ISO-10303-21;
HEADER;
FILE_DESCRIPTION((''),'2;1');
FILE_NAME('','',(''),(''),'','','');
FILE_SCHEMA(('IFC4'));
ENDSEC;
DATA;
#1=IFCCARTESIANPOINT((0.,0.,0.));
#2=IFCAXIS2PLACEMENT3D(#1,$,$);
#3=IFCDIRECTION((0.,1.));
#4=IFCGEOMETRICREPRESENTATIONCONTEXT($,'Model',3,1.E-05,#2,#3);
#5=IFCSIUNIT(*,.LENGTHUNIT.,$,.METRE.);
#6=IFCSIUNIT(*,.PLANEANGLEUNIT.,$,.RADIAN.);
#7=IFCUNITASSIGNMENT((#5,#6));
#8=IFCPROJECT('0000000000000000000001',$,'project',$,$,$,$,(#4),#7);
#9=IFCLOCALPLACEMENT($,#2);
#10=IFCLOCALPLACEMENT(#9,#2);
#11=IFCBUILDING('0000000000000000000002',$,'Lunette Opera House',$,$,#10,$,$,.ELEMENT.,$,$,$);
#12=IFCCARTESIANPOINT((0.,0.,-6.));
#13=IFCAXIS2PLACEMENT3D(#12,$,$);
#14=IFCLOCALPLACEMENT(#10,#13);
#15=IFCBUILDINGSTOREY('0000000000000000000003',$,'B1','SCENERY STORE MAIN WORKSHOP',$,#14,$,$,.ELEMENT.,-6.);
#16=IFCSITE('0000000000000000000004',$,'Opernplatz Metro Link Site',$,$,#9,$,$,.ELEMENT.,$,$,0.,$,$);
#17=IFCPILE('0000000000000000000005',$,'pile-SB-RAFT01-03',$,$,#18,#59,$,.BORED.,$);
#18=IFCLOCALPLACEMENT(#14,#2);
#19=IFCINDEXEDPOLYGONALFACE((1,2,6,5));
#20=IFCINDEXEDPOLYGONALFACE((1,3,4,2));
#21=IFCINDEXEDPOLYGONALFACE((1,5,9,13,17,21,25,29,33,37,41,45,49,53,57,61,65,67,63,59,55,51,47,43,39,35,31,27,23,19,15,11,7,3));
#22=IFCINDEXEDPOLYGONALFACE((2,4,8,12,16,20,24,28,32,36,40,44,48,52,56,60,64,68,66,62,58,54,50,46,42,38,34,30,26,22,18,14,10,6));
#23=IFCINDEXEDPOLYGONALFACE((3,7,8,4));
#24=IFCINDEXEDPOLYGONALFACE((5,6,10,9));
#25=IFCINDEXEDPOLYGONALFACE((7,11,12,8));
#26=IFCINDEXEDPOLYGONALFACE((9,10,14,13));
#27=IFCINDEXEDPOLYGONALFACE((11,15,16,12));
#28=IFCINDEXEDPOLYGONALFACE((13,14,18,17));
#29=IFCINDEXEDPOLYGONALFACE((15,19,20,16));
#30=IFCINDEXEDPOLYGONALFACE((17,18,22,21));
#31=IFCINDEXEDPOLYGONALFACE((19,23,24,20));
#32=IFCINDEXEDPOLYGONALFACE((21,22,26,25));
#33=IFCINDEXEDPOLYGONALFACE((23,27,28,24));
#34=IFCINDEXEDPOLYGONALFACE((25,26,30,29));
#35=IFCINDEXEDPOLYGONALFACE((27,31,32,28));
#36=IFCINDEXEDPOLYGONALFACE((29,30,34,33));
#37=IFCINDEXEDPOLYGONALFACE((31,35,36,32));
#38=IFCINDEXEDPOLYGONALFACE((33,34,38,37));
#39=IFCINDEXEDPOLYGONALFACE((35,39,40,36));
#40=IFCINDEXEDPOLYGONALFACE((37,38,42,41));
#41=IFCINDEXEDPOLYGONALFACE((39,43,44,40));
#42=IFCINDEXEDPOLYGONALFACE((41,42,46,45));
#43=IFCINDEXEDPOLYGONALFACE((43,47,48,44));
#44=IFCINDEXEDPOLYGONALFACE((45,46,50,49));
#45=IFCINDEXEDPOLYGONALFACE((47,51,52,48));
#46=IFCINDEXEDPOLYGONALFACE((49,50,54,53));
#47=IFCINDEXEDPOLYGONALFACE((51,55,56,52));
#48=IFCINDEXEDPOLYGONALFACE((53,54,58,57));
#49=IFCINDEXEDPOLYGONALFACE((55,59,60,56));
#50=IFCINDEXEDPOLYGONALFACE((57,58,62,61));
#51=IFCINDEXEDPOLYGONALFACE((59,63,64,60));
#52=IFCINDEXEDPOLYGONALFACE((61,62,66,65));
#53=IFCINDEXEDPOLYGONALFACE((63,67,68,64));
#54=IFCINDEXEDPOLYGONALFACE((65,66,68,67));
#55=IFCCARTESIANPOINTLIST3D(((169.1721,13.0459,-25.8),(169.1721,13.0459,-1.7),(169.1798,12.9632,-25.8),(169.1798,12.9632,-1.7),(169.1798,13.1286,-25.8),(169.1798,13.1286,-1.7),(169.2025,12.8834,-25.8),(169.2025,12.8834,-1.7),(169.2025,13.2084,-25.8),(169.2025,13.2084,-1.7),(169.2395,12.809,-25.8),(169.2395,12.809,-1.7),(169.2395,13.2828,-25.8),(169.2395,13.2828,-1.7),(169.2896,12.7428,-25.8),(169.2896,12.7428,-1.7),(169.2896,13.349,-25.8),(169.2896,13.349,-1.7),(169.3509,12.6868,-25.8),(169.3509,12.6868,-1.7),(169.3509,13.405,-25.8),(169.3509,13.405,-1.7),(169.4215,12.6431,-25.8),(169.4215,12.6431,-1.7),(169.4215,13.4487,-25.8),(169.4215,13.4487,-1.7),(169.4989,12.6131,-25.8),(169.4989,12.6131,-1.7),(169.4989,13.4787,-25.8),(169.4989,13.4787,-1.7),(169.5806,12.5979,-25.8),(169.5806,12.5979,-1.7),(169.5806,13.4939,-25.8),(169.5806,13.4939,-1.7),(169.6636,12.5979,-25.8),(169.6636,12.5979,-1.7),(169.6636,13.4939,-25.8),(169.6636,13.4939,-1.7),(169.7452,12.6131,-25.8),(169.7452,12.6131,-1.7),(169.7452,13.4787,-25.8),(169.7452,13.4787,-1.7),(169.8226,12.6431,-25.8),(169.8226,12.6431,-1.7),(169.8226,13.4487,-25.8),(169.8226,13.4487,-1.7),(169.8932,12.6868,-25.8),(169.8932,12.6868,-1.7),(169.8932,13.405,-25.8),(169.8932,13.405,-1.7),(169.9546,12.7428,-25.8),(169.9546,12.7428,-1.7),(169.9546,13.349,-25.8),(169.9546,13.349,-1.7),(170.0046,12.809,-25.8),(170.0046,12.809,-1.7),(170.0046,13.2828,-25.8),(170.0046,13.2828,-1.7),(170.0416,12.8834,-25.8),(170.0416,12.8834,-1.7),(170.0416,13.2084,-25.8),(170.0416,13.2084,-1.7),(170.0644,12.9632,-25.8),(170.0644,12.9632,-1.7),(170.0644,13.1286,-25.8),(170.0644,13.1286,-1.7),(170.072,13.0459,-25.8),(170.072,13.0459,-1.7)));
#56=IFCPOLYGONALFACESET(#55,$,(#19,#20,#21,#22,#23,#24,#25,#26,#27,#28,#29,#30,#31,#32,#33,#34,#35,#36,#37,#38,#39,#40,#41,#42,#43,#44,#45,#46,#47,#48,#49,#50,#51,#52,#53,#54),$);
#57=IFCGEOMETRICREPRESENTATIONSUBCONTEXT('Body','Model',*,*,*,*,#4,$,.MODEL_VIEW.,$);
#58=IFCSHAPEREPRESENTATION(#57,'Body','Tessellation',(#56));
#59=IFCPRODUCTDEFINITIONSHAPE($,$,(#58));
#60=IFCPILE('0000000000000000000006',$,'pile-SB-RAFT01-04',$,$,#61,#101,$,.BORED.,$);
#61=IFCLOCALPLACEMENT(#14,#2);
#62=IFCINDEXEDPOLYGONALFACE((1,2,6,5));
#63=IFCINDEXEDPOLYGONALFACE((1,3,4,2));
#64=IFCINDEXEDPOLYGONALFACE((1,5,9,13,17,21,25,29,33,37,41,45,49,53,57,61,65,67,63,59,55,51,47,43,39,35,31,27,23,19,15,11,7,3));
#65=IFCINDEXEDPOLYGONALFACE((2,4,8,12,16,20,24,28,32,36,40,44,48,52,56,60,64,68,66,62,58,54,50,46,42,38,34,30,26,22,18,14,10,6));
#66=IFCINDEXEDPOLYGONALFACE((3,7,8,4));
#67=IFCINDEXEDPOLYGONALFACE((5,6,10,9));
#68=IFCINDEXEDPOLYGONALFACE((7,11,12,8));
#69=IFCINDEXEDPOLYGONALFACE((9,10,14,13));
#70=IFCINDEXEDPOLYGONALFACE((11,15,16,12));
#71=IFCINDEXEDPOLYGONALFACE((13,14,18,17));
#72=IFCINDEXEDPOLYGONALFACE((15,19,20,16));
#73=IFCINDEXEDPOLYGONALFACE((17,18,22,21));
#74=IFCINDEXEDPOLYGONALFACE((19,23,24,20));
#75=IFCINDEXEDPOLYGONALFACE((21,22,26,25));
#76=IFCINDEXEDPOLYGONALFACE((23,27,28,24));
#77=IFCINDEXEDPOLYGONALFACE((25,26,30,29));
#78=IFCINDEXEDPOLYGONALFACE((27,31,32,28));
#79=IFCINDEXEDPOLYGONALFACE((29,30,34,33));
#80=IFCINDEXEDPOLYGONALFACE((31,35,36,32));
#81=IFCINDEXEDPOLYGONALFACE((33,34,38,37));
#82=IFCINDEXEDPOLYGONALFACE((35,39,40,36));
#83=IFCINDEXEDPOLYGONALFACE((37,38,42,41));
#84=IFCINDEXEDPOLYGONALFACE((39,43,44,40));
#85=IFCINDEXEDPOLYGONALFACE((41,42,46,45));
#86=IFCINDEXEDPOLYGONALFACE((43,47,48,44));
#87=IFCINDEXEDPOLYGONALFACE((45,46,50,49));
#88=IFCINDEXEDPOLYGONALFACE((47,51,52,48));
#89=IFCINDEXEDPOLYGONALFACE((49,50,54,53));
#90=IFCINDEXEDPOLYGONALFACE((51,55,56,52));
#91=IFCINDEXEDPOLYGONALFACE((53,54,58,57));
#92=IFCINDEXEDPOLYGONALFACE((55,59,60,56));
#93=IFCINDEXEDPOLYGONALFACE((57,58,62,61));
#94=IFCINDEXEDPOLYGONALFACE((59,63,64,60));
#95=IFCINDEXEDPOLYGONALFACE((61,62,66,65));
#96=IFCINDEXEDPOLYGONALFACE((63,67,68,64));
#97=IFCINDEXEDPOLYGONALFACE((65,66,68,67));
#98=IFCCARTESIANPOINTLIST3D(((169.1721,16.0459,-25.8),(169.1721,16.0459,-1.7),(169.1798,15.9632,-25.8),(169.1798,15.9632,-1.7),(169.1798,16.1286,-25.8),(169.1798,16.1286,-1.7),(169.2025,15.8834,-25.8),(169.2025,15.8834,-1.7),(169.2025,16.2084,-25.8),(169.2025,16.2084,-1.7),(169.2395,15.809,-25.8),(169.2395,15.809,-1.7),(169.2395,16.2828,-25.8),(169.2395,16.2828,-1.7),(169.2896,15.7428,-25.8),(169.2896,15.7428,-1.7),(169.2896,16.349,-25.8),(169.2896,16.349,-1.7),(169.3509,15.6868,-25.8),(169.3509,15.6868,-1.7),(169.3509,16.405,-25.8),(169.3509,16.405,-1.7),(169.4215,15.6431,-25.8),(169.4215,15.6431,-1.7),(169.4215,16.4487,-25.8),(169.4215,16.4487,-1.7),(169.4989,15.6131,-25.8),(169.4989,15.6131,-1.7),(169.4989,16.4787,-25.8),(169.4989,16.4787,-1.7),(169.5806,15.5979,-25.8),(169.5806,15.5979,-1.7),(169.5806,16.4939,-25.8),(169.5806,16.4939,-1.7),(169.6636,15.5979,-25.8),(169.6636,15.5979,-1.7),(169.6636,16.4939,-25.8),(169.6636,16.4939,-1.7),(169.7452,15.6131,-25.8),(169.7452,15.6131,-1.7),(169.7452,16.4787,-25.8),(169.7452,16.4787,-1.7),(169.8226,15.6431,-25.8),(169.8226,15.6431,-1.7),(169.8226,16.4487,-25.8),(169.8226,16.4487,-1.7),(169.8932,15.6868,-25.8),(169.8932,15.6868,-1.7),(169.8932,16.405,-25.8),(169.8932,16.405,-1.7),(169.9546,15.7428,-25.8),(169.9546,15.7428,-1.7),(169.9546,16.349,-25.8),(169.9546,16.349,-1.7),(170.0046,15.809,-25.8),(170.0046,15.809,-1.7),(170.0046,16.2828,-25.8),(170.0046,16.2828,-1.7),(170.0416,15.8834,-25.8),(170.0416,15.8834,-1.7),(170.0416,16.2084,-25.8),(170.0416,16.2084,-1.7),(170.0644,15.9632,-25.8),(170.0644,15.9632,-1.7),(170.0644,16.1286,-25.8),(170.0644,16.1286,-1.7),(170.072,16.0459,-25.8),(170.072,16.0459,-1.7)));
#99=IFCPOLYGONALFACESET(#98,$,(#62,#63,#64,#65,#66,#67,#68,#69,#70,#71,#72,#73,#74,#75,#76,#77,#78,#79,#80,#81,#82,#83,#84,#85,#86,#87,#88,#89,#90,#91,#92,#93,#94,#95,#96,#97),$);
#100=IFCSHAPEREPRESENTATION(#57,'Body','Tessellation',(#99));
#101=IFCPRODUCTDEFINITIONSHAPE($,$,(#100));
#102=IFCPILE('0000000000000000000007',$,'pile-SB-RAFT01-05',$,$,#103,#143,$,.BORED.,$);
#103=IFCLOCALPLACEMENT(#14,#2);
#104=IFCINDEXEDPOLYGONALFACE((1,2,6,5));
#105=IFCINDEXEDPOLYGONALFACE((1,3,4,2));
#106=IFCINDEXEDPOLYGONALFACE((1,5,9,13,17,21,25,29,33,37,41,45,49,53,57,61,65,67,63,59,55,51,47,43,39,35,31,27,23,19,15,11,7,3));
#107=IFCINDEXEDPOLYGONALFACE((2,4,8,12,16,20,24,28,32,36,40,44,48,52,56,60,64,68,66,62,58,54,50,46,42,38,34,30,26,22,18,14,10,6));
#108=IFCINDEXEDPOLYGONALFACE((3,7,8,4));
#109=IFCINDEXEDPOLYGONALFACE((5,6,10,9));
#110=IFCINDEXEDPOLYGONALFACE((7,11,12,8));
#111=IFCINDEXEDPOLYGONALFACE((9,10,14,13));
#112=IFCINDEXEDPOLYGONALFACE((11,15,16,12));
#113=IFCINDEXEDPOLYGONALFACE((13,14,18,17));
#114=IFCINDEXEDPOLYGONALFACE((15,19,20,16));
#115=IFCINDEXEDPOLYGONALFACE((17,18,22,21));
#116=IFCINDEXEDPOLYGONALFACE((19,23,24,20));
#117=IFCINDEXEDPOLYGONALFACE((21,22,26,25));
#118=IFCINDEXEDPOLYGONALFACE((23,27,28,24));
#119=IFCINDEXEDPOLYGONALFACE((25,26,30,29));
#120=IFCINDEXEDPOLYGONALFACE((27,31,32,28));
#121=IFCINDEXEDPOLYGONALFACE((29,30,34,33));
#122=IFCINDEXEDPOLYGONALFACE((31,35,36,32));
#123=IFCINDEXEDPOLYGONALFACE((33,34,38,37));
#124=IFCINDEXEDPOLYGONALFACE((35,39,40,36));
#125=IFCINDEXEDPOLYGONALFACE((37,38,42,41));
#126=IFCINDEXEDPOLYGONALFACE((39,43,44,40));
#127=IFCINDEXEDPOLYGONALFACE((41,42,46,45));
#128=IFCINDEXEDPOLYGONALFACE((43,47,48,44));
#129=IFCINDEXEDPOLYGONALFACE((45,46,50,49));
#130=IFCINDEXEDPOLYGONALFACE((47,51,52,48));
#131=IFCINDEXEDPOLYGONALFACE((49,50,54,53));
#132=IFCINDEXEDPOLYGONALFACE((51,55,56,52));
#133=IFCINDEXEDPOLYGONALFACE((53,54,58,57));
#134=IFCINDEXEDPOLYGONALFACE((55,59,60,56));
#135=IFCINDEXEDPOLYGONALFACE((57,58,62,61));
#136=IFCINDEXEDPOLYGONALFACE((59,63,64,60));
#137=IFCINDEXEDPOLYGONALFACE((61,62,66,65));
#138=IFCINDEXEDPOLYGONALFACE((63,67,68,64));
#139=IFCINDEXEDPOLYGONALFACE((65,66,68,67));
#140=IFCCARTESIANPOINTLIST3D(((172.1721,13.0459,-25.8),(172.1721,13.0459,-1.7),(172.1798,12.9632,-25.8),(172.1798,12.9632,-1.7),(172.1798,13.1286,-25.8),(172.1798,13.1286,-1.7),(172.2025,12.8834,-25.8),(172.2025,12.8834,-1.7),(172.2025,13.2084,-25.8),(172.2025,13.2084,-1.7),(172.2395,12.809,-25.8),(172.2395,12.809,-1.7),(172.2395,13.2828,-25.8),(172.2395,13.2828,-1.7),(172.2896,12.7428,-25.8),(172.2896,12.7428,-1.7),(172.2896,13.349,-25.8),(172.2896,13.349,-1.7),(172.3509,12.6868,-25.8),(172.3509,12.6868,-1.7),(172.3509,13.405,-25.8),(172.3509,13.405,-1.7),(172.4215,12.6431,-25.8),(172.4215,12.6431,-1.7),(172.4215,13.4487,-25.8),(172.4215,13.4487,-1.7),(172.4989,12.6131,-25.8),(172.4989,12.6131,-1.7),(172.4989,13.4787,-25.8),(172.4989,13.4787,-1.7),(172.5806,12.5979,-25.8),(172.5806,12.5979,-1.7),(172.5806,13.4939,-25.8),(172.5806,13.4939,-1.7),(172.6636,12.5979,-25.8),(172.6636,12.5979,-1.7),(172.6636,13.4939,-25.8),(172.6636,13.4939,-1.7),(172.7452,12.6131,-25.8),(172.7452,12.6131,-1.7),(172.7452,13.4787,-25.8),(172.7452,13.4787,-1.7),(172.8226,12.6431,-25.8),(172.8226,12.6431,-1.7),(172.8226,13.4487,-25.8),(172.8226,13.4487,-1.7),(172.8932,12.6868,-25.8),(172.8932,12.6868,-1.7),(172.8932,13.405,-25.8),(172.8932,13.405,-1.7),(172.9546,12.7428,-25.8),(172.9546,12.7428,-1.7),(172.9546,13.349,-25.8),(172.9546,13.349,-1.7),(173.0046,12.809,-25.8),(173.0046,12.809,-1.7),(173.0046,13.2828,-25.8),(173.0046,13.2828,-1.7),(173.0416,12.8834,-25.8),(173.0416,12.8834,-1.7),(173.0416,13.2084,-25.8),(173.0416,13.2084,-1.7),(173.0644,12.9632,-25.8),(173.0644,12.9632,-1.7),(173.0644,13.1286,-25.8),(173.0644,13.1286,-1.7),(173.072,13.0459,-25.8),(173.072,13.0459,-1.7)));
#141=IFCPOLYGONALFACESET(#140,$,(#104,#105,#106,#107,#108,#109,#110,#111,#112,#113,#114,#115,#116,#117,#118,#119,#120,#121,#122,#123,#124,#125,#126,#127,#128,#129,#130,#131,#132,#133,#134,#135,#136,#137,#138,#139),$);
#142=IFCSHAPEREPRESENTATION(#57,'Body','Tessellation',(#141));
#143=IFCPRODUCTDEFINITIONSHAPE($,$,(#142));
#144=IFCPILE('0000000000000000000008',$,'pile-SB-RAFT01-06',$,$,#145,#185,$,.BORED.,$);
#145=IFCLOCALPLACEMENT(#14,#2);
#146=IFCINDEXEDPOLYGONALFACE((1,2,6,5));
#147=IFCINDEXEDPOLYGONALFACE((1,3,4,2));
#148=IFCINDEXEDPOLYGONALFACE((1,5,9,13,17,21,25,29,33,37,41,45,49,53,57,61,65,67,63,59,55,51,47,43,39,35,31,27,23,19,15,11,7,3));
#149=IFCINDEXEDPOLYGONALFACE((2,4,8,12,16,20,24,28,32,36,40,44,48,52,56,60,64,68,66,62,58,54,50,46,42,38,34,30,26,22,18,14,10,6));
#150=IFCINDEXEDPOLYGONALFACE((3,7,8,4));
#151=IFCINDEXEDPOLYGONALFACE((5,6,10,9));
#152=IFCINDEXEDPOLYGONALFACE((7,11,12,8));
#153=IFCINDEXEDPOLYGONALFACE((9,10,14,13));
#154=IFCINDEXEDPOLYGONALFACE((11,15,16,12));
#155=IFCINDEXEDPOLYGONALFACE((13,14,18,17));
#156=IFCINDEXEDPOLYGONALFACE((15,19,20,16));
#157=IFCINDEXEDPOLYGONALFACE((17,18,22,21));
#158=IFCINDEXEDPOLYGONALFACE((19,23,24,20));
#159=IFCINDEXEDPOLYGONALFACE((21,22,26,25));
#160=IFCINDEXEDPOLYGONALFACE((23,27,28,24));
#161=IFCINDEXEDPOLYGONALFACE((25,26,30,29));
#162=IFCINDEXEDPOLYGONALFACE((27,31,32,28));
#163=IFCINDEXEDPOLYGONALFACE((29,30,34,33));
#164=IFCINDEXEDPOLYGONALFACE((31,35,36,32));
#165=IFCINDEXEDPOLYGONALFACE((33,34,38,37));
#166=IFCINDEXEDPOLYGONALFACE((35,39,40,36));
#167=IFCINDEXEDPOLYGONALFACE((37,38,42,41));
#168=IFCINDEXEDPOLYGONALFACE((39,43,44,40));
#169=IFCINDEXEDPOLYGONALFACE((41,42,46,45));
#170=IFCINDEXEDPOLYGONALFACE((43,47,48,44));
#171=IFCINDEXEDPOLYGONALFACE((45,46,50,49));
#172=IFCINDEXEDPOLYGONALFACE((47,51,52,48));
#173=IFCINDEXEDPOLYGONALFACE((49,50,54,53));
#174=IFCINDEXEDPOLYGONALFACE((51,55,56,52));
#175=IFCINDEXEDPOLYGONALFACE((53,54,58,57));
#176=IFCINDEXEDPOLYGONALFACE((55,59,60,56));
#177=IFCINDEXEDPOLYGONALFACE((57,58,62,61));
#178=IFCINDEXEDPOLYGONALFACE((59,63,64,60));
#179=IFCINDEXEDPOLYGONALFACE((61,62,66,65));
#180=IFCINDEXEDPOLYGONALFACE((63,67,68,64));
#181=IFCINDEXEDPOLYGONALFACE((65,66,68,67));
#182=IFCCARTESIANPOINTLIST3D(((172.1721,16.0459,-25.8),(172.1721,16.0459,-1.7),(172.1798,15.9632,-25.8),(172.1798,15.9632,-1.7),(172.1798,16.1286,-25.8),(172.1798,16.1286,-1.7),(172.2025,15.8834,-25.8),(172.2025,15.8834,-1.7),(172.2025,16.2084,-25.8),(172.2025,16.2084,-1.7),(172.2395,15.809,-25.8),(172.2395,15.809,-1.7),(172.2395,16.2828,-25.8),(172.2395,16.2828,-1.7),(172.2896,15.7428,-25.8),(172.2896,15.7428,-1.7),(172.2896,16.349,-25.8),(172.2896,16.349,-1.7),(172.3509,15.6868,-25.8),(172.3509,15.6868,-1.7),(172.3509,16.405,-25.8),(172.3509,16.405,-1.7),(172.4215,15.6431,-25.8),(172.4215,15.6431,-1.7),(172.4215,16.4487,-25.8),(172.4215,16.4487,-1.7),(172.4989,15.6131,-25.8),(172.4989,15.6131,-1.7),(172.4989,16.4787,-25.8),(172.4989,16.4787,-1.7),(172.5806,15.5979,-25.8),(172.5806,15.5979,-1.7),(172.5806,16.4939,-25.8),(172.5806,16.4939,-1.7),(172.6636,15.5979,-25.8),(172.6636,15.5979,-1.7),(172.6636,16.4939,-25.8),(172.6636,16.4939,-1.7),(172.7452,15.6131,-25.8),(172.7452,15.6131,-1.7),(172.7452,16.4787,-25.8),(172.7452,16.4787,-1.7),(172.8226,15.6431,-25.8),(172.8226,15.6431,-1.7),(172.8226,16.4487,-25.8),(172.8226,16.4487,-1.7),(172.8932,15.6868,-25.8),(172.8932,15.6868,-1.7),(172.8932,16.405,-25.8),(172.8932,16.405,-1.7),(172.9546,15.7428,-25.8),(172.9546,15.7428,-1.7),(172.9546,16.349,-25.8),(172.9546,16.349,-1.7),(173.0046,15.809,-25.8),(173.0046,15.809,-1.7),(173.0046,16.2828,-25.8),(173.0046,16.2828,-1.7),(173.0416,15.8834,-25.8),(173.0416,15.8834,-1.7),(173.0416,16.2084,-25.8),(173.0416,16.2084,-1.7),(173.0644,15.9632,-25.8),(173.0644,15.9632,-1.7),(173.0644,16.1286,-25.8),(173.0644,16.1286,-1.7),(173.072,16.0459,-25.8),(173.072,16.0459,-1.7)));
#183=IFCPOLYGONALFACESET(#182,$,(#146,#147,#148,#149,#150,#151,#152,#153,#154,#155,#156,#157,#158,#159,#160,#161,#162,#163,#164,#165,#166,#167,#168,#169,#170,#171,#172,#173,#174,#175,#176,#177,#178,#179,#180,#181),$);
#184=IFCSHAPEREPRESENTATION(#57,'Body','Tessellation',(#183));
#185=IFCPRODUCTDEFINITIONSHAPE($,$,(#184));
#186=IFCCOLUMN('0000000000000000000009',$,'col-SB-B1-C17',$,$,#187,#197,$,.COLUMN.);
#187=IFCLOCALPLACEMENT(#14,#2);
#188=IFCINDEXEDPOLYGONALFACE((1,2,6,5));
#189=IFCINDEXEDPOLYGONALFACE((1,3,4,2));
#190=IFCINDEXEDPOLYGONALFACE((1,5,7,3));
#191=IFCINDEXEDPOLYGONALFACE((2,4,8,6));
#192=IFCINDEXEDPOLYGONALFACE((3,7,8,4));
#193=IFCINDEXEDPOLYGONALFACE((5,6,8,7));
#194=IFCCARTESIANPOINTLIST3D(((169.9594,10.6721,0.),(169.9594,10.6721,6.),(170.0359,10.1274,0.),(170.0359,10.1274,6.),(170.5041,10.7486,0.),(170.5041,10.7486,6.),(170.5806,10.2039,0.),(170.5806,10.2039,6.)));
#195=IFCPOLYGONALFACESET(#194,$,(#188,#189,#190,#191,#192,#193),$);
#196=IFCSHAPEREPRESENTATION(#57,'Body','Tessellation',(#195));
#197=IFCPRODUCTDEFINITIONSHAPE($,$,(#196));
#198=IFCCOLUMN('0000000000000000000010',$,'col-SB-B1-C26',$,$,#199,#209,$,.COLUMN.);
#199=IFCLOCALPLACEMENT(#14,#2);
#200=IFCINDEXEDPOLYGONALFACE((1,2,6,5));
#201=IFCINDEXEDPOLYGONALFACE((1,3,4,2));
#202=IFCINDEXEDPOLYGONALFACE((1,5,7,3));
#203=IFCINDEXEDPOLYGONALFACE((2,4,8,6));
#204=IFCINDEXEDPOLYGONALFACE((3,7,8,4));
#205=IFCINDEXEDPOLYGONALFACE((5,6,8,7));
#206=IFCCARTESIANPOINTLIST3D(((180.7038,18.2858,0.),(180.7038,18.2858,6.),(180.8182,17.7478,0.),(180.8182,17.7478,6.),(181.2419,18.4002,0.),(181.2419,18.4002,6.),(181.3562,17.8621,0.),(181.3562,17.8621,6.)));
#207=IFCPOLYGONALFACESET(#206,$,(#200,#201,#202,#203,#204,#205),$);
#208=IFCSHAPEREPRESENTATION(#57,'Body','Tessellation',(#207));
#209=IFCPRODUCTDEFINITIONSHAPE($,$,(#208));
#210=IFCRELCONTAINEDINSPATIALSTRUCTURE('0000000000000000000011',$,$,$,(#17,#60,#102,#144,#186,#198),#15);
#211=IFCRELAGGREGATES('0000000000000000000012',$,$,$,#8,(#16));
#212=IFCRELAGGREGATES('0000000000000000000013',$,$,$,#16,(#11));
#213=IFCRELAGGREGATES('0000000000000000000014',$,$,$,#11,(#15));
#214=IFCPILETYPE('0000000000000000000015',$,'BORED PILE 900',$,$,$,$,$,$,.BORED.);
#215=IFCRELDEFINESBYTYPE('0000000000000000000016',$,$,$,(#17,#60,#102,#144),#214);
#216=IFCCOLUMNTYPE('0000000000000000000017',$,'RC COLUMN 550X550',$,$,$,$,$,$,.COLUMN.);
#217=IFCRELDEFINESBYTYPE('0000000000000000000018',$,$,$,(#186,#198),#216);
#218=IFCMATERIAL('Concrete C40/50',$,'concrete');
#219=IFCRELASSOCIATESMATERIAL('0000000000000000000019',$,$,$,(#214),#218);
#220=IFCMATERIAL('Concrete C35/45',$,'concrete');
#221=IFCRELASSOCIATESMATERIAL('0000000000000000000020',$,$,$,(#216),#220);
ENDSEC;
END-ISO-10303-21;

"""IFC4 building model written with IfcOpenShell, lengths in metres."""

from ifc_helpers import new_model, si_unit, direction, frame, origin, origin_2d, place, context, subcontext, project, spatial, rectangle, circle, extrude, material, material_profile, profile_set, type_object, element, save


model = new_model("IFC4")

# Units and contexts
model_context = context("Model", 3, precision=1e-05, world=origin(), true_north=direction((0.0, 1.0)))
body_context = subcontext(model_context, "Body", "Model", "MODEL_VIEW")
ifc_project = project(units=[si_unit("LENGTHUNIT", "METRE"), si_unit("PLANEANGLEUNIT", "RADIAN")], contexts=[model_context])

# Site, building, storey
site_placement = place(None, origin())
site = spatial("IfcSite", under=ifc_project, at=site_placement, Name="Opernplatz Metro Link Site", CompositionType="ELEMENT", RefElevation=0.0)
building_placement = place(site_placement, origin())
building = spatial("IfcBuilding", under=site, at=building_placement, Name="Lunette Opera House", CompositionType="ELEMENT")
storey_placement = place(building_placement, frame((0.0, 0.0, -6.0)))
storey = spatial("IfcBuildingStorey", under=building, at=storey_placement, Name="B1", Description="SCENERY STORE MAIN WORKSHOP", CompositionType="ELEMENT", Elevation=-6.0)

# Piles
ifc_material_1 = material(Name="Concrete C40/50", Category="concrete")
ifc_material_profile_1 = material_profile(ifc_material_1, circle(Radius=0.45, at=origin_2d()), Name="BORED PILE 900")
ifc_profile_set_1 = profile_set([ifc_material_profile_1], Name="Concrete C40/50")
pile_type = type_object("IfcPileType", Name="BORED PILE 900", PredefinedType="BORED", material=ifc_profile_set_1)
for number, where, z_axis, x_axis, name in (
    (1, (169.6221, 13.0459, -1.7), (0.0, 0.0, -1.0), (1.0, 0.0, 0.0), "pile-SB-RAFT01-03"),
    (2, (169.6221, 16.0459, -1.7), (0.0, 0.0, -1.0), (1.0, 0.0, 0.0), "pile-SB-RAFT01-04"),
    (3, (172.6221, 13.0459, -1.7), (0.0, 0.0, -1.0), (1.0, 0.0, 0.0), "pile-SB-RAFT01-05"),
    (4, (172.6221, 16.0459, -1.7), (0.0, 0.0, -1.0), (1.0, 0.0, 0.0), "pile-SB-RAFT01-06"),
):
    element("IfcPile", number, at=place(storey_placement, frame(where, z_axis=z_axis, x_axis=x_axis)), inside=storey, type_object=pile_type, Name=name, PredefinedType="BORED", context=body_context, shape_type="SweptSolid", body=[
        extrude(circle(Radius=0.45, at=origin_2d()), origin(), (0.0, 0.0, 1.0), 24.1001),
    ])

# Columns
ifc_material_2 = material(Name="Concrete C35/45", Category="concrete")
ifc_material_profile_2 = material_profile(ifc_material_2, rectangle(XDim=0.55, YDim=0.55, at=origin_2d()), Name="RC COLUMN 550X550")
ifc_profile_set_2 = profile_set([ifc_material_profile_2], Name="Concrete C35/45")
column_type = type_object("IfcColumnType", Name="RC COLUMN 550X550", PredefinedType="COLUMN", material=ifc_profile_set_2)
for number, where, z_axis, x_axis, name in (
    (5, (170.27, 10.438, 0.0), (0.0, 0.0, 1.0), (0.139173, -0.990268, 0.0), "col-SB-B1-C17"),
    (6, (181.03, 18.074, 0.0), (0.0, 0.0, 1.0), (0.207912, -0.978148, 0.0), "col-SB-B1-C26"),
):
    element("IfcColumn", number, at=place(storey_placement, frame(where, z_axis=z_axis, x_axis=x_axis)), inside=storey, type_object=column_type, Name=name, PredefinedType="COLUMN", context=body_context, shape_type="SweptSolid", body=[
        extrude(rectangle(XDim=0.55, YDim=0.55, at=origin_2d()), origin(), (0.0, 0.0, 1.0), 6.0),
    ])

save(model, "model.ifc")
